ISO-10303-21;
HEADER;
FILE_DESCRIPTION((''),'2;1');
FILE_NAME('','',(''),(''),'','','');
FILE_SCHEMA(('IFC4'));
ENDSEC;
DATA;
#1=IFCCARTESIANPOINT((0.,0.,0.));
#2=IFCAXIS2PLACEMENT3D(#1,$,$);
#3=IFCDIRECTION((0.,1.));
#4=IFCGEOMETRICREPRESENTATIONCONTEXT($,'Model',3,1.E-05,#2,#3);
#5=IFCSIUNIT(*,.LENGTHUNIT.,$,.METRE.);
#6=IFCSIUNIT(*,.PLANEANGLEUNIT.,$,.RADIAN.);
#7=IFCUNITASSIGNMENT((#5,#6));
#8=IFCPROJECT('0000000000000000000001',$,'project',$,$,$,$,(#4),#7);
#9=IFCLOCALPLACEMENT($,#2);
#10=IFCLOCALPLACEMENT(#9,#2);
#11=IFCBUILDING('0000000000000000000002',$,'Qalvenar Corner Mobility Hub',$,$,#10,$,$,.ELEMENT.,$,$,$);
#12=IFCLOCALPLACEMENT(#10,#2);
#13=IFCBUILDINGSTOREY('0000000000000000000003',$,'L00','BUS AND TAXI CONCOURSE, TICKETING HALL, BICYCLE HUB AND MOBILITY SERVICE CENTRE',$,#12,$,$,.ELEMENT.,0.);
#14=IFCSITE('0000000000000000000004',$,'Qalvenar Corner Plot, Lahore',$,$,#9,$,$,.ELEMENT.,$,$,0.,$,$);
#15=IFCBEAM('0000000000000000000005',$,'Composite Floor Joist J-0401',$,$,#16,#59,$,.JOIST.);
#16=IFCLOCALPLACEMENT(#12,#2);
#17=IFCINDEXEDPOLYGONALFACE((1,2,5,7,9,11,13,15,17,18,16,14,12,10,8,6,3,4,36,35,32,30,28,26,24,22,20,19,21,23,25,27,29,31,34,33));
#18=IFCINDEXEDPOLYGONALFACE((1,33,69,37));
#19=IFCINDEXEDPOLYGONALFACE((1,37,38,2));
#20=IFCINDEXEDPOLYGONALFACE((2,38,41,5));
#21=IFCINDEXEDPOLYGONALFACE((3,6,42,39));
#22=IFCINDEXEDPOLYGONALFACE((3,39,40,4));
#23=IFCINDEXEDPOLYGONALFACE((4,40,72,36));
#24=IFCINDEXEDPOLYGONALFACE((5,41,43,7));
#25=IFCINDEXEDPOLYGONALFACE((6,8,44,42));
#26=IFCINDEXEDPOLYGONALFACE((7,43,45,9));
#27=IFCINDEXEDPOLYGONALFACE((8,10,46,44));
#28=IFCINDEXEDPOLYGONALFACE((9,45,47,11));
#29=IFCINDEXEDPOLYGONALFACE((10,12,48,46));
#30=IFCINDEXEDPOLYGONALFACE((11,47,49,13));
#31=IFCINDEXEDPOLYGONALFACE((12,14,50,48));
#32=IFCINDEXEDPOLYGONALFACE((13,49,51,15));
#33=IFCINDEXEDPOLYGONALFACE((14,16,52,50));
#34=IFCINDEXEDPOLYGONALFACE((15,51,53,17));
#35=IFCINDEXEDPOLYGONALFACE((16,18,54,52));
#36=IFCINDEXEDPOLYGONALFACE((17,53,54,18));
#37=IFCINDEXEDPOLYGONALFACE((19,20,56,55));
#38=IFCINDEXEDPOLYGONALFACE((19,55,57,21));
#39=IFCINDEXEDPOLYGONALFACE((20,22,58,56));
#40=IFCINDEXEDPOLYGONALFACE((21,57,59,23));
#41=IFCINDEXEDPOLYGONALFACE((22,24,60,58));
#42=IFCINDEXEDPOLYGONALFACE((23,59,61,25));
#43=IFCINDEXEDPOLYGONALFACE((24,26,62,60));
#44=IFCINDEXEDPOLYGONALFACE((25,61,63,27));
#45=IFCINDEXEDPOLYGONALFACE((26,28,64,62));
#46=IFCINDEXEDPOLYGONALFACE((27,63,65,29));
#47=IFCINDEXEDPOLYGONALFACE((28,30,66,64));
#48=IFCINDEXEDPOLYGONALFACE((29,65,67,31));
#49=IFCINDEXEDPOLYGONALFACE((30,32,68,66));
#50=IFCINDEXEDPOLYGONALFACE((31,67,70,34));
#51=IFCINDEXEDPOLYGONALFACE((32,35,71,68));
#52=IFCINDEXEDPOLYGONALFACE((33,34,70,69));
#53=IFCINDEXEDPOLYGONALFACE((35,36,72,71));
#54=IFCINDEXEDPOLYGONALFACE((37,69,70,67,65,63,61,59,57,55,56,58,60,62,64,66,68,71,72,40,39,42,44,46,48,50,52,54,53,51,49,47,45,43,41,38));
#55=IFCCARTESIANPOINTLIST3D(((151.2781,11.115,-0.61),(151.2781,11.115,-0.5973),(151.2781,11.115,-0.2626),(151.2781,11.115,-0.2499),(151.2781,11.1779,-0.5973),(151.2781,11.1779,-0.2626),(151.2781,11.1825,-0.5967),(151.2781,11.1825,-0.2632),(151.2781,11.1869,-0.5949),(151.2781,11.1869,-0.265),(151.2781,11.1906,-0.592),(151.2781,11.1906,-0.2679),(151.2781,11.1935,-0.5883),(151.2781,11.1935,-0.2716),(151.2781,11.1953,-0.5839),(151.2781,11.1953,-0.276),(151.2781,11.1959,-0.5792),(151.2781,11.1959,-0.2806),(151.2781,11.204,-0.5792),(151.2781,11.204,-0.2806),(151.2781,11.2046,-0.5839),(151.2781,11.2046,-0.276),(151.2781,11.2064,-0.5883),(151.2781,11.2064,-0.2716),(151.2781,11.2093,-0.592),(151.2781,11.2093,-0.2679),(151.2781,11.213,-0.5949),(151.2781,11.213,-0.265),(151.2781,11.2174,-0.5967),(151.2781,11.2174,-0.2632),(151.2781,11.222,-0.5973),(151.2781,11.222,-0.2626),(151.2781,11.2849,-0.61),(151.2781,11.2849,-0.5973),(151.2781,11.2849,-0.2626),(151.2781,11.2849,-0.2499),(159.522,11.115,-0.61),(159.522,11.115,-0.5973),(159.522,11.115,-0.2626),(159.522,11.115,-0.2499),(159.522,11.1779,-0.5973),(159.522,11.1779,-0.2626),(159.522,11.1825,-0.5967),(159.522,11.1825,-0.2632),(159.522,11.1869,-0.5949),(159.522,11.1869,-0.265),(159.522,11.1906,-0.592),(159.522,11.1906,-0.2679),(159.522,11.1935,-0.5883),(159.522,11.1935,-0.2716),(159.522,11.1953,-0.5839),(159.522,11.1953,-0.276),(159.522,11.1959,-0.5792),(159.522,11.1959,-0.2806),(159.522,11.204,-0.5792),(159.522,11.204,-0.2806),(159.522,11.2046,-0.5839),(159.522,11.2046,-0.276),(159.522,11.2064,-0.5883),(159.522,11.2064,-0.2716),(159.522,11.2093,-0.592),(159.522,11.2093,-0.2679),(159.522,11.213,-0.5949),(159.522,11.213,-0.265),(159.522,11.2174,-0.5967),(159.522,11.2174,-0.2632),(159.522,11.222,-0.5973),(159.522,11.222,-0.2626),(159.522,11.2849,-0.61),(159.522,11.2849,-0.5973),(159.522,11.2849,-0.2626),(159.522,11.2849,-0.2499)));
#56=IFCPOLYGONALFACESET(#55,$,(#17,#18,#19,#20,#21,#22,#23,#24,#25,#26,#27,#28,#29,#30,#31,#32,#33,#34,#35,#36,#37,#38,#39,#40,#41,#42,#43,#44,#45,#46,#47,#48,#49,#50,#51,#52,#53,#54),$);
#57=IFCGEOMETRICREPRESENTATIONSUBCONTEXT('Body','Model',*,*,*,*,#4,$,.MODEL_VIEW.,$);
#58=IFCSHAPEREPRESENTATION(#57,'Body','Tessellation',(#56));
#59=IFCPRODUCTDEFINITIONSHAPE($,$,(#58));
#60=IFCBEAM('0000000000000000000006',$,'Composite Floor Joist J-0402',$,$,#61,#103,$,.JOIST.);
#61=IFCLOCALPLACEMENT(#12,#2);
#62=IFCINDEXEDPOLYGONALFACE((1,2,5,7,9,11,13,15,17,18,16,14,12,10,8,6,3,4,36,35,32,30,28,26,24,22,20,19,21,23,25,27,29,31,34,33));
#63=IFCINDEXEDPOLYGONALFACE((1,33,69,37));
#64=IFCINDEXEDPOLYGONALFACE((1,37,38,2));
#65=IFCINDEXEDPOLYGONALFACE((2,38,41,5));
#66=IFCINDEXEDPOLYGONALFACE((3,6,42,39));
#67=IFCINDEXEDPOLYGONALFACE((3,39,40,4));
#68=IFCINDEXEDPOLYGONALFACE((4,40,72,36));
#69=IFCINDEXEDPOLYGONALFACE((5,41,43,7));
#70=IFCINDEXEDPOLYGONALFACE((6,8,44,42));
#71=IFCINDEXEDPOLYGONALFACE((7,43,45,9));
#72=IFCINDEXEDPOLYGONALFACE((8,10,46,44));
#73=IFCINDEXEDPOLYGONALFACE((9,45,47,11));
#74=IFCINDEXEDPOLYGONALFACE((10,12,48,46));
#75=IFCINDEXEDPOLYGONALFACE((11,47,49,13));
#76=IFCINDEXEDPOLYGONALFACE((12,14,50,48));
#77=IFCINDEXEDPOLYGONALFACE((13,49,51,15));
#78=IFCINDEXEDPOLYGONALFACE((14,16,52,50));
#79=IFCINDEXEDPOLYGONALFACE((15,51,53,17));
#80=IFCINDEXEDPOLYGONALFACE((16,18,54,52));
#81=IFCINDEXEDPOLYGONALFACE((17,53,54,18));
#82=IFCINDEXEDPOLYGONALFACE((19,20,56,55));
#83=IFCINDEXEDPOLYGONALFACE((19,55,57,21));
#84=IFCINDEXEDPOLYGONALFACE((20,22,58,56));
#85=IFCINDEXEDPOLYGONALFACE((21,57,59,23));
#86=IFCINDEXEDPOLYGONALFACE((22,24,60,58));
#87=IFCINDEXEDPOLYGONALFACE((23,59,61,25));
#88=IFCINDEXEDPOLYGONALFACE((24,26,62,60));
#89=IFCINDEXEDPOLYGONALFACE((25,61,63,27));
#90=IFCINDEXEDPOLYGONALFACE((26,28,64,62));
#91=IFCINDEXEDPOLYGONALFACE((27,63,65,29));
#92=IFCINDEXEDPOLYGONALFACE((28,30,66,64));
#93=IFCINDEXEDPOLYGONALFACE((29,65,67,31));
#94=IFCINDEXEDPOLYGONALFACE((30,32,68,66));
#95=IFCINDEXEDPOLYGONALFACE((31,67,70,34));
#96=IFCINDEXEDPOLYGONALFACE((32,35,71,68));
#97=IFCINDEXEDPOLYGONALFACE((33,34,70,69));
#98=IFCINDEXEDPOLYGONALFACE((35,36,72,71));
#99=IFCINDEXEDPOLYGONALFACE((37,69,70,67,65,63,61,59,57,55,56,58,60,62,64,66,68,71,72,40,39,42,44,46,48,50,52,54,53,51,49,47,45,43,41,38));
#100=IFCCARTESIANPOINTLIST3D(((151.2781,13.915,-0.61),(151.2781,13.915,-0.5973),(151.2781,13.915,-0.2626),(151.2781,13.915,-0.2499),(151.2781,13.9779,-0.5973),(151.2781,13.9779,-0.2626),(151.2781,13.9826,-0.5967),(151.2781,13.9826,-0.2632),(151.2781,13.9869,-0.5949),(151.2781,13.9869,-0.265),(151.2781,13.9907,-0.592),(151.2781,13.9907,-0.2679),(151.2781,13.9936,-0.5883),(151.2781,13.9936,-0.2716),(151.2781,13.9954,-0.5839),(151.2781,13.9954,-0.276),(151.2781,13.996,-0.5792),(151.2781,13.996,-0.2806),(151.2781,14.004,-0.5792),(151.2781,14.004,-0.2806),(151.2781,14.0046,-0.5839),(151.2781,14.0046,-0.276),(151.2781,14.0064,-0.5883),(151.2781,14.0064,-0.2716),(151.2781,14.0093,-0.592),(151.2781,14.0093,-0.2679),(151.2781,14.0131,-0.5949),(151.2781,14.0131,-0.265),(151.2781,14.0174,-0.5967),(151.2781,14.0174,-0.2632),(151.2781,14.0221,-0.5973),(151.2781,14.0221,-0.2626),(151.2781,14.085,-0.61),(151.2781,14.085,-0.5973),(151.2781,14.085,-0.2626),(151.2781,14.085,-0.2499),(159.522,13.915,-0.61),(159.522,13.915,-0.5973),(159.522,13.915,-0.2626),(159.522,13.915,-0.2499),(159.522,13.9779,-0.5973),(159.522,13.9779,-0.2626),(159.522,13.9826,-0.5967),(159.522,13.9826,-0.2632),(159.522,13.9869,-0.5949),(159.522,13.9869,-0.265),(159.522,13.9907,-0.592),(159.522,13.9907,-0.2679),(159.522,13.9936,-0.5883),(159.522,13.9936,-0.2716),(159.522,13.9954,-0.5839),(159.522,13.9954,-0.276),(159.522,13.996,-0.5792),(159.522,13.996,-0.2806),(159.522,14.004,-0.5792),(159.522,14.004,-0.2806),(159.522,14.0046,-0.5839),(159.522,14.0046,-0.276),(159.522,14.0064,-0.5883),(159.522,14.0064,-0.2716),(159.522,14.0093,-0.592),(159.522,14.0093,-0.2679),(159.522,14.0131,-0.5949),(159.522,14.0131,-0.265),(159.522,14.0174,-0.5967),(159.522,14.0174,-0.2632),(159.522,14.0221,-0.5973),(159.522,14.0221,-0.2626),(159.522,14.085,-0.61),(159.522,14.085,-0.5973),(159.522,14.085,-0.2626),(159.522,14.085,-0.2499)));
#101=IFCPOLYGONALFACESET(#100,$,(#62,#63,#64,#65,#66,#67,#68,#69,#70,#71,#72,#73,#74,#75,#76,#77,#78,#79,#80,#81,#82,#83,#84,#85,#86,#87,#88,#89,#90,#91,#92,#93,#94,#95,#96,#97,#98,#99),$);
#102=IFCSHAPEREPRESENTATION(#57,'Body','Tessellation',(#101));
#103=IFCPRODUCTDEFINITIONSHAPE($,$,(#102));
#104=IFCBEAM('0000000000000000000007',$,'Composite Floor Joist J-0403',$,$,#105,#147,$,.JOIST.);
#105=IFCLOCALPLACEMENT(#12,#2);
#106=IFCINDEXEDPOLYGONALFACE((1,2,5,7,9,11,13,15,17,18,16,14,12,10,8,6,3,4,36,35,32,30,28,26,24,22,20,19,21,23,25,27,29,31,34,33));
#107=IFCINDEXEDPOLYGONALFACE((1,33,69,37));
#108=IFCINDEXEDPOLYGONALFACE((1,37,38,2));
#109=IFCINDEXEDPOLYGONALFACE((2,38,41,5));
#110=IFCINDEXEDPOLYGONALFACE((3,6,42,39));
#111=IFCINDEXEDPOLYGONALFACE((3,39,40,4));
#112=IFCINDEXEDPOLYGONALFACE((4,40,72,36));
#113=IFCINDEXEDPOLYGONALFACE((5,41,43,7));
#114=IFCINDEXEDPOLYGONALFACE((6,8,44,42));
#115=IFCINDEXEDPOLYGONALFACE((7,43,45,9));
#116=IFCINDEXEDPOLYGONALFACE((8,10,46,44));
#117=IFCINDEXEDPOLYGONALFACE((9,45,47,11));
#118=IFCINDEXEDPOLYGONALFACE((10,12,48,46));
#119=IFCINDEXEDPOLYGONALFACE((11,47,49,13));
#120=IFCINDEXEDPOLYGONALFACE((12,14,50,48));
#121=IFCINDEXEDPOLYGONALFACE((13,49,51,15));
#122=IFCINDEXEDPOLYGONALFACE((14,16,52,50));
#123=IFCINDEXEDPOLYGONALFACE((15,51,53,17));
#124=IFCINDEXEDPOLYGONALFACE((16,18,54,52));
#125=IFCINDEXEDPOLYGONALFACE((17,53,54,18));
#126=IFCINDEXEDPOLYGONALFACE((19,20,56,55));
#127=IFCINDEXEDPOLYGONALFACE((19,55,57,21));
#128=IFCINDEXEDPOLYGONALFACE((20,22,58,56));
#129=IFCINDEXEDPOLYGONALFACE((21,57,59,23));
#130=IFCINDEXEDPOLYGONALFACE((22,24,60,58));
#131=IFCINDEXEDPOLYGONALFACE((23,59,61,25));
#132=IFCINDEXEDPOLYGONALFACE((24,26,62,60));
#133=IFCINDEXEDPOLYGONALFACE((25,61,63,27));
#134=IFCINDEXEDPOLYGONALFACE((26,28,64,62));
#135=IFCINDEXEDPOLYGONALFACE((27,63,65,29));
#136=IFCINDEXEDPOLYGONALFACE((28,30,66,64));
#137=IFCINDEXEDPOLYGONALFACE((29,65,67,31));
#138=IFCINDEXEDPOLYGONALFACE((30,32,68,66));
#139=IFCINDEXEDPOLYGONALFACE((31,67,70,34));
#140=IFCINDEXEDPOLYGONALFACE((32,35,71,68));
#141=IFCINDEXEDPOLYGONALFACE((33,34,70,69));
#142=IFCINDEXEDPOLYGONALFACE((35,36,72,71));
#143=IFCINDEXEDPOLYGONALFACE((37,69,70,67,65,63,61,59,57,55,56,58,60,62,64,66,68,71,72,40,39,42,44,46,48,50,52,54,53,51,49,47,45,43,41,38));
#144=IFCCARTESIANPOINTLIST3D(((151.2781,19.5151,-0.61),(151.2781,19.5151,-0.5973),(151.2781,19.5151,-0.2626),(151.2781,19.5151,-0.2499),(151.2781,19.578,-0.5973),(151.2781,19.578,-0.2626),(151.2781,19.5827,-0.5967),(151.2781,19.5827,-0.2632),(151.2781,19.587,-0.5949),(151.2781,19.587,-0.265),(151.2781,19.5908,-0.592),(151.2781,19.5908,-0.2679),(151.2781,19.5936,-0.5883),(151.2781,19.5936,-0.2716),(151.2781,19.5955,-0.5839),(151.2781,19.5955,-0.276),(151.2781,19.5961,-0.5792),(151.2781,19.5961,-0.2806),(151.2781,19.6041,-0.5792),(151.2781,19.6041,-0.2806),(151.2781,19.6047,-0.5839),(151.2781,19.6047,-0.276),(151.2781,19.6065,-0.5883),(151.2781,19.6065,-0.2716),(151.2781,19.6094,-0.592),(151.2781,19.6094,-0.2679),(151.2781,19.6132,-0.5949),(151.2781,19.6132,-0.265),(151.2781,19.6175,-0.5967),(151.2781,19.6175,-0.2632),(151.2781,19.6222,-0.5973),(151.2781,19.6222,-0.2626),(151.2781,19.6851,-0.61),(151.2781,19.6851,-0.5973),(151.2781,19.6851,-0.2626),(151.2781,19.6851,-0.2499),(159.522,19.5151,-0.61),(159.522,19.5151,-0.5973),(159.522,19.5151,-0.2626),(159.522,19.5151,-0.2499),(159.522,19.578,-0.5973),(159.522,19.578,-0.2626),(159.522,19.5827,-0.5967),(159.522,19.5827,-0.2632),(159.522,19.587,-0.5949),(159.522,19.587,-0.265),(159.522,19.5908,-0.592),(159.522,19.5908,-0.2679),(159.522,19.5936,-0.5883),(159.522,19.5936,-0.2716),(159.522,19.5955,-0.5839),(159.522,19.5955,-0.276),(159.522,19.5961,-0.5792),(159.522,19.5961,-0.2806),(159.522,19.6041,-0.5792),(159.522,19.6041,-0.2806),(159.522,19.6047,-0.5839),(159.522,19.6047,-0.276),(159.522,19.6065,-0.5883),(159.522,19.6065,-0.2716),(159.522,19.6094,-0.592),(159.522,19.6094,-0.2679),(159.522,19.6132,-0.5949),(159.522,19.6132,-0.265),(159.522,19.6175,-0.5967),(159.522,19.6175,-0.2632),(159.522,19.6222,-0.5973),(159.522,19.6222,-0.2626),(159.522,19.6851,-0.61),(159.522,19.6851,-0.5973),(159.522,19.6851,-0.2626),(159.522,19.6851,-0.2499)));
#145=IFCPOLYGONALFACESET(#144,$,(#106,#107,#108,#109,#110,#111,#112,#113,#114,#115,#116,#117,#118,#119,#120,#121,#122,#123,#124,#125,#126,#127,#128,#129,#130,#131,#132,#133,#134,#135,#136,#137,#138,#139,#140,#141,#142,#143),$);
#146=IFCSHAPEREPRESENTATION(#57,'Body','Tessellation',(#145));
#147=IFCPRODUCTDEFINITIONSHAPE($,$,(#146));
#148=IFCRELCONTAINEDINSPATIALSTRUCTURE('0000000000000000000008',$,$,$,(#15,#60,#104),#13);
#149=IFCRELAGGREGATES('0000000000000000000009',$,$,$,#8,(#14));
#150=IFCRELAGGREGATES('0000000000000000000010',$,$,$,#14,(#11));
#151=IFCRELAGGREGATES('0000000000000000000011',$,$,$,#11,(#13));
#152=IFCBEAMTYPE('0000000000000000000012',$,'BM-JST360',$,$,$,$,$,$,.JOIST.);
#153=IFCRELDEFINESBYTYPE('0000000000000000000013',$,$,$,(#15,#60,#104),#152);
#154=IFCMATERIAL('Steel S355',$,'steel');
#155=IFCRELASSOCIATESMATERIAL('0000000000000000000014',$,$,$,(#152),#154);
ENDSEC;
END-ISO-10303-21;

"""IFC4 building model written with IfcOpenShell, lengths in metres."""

from ifc_helpers import new_model, si_unit, direction, frame, origin, origin_2d, place, context, subcontext, project, spatial, i_section, extrude, material, material_profile, profile_set, type_object, element, save


model = new_model("IFC4")

# Units and contexts
model_context = context("Model", 3, precision=1e-05, world=origin(), true_north=direction((0.0, 1.0)))
body_context = subcontext(model_context, "Body", "Model", "MODEL_VIEW")
ifc_project = project(units=[si_unit("LENGTHUNIT", "METRE"), si_unit("PLANEANGLEUNIT", "RADIAN")], contexts=[model_context])

# Site, building, storey
site_placement = place(None, origin())
site = spatial("IfcSite", under=ifc_project, at=site_placement, Name="Qalvenar Corner Plot, Lahore", CompositionType="ELEMENT", RefElevation=0.0)
building_placement = place(site_placement, origin())
building = spatial("IfcBuilding", under=site, at=building_placement, Name="Qalvenar Corner Mobility Hub", CompositionType="ELEMENT")
storey_placement = place(building_placement, origin())
storey = spatial("IfcBuildingStorey", under=building, at=storey_placement, Name="L00", Description="BUS AND TAXI CONCOURSE, TICKETING HALL, BICYCLE HUB AND MOBILITY SERVICE CENTRE", CompositionType="ELEMENT", Elevation=0.0)

# Shared definitions
ifc_material = material(Name="Steel S355", Category="steel")

# Beams
ifc_material_profile_1 = material_profile(ifc_material, i_section(OverallWidth=0.1699, OverallDepth=0.3601, WebThickness=0.0081, FlangeThickness=0.0127, FilletRadius=0.0181, at=origin_2d()), Name="IPE360")
ifc_profile_set_1 = profile_set([ifc_material_profile_1], Name="Steel S355")
beam_type_1 = type_object("IfcBeamType", Name="BM-JST360", PredefinedType="JOIST", material=ifc_profile_set_1)
for number, where, z_axis, x_axis, name in (
    (1, (151.2781, 11.2, -0.4299), (1.0, 0.0, 0.0), (0.0, 1.0, 0.0), "Composite Floor Joist J-0401"),
    (2, (151.2781, 14.0, -0.4299), (1.0, 0.0, 0.0), (0.0, 1.0, 0.0), "Composite Floor Joist J-0402"),
    (3, (151.2781, 19.6001, -0.4299), (1.0, 0.0, 0.0), (0.0, 1.0, 0.0), "Composite Floor Joist J-0403"),
):
    element("IfcBeam", number, at=place(storey_placement, frame(where, z_axis=z_axis, x_axis=x_axis)), inside=storey, type_object=beam_type_1, Name=name, PredefinedType="JOIST", context=body_context, shape_type="SweptSolid", body=[
        extrude(i_section(OverallWidth=0.1699, OverallDepth=0.3601, WebThickness=0.0081, FlangeThickness=0.0127, FilletRadius=0.0181, at=origin_2d()), origin(), (0.0, 0.0, 1.0), 8.2439),
    ])

save(model, "model.ifc")
